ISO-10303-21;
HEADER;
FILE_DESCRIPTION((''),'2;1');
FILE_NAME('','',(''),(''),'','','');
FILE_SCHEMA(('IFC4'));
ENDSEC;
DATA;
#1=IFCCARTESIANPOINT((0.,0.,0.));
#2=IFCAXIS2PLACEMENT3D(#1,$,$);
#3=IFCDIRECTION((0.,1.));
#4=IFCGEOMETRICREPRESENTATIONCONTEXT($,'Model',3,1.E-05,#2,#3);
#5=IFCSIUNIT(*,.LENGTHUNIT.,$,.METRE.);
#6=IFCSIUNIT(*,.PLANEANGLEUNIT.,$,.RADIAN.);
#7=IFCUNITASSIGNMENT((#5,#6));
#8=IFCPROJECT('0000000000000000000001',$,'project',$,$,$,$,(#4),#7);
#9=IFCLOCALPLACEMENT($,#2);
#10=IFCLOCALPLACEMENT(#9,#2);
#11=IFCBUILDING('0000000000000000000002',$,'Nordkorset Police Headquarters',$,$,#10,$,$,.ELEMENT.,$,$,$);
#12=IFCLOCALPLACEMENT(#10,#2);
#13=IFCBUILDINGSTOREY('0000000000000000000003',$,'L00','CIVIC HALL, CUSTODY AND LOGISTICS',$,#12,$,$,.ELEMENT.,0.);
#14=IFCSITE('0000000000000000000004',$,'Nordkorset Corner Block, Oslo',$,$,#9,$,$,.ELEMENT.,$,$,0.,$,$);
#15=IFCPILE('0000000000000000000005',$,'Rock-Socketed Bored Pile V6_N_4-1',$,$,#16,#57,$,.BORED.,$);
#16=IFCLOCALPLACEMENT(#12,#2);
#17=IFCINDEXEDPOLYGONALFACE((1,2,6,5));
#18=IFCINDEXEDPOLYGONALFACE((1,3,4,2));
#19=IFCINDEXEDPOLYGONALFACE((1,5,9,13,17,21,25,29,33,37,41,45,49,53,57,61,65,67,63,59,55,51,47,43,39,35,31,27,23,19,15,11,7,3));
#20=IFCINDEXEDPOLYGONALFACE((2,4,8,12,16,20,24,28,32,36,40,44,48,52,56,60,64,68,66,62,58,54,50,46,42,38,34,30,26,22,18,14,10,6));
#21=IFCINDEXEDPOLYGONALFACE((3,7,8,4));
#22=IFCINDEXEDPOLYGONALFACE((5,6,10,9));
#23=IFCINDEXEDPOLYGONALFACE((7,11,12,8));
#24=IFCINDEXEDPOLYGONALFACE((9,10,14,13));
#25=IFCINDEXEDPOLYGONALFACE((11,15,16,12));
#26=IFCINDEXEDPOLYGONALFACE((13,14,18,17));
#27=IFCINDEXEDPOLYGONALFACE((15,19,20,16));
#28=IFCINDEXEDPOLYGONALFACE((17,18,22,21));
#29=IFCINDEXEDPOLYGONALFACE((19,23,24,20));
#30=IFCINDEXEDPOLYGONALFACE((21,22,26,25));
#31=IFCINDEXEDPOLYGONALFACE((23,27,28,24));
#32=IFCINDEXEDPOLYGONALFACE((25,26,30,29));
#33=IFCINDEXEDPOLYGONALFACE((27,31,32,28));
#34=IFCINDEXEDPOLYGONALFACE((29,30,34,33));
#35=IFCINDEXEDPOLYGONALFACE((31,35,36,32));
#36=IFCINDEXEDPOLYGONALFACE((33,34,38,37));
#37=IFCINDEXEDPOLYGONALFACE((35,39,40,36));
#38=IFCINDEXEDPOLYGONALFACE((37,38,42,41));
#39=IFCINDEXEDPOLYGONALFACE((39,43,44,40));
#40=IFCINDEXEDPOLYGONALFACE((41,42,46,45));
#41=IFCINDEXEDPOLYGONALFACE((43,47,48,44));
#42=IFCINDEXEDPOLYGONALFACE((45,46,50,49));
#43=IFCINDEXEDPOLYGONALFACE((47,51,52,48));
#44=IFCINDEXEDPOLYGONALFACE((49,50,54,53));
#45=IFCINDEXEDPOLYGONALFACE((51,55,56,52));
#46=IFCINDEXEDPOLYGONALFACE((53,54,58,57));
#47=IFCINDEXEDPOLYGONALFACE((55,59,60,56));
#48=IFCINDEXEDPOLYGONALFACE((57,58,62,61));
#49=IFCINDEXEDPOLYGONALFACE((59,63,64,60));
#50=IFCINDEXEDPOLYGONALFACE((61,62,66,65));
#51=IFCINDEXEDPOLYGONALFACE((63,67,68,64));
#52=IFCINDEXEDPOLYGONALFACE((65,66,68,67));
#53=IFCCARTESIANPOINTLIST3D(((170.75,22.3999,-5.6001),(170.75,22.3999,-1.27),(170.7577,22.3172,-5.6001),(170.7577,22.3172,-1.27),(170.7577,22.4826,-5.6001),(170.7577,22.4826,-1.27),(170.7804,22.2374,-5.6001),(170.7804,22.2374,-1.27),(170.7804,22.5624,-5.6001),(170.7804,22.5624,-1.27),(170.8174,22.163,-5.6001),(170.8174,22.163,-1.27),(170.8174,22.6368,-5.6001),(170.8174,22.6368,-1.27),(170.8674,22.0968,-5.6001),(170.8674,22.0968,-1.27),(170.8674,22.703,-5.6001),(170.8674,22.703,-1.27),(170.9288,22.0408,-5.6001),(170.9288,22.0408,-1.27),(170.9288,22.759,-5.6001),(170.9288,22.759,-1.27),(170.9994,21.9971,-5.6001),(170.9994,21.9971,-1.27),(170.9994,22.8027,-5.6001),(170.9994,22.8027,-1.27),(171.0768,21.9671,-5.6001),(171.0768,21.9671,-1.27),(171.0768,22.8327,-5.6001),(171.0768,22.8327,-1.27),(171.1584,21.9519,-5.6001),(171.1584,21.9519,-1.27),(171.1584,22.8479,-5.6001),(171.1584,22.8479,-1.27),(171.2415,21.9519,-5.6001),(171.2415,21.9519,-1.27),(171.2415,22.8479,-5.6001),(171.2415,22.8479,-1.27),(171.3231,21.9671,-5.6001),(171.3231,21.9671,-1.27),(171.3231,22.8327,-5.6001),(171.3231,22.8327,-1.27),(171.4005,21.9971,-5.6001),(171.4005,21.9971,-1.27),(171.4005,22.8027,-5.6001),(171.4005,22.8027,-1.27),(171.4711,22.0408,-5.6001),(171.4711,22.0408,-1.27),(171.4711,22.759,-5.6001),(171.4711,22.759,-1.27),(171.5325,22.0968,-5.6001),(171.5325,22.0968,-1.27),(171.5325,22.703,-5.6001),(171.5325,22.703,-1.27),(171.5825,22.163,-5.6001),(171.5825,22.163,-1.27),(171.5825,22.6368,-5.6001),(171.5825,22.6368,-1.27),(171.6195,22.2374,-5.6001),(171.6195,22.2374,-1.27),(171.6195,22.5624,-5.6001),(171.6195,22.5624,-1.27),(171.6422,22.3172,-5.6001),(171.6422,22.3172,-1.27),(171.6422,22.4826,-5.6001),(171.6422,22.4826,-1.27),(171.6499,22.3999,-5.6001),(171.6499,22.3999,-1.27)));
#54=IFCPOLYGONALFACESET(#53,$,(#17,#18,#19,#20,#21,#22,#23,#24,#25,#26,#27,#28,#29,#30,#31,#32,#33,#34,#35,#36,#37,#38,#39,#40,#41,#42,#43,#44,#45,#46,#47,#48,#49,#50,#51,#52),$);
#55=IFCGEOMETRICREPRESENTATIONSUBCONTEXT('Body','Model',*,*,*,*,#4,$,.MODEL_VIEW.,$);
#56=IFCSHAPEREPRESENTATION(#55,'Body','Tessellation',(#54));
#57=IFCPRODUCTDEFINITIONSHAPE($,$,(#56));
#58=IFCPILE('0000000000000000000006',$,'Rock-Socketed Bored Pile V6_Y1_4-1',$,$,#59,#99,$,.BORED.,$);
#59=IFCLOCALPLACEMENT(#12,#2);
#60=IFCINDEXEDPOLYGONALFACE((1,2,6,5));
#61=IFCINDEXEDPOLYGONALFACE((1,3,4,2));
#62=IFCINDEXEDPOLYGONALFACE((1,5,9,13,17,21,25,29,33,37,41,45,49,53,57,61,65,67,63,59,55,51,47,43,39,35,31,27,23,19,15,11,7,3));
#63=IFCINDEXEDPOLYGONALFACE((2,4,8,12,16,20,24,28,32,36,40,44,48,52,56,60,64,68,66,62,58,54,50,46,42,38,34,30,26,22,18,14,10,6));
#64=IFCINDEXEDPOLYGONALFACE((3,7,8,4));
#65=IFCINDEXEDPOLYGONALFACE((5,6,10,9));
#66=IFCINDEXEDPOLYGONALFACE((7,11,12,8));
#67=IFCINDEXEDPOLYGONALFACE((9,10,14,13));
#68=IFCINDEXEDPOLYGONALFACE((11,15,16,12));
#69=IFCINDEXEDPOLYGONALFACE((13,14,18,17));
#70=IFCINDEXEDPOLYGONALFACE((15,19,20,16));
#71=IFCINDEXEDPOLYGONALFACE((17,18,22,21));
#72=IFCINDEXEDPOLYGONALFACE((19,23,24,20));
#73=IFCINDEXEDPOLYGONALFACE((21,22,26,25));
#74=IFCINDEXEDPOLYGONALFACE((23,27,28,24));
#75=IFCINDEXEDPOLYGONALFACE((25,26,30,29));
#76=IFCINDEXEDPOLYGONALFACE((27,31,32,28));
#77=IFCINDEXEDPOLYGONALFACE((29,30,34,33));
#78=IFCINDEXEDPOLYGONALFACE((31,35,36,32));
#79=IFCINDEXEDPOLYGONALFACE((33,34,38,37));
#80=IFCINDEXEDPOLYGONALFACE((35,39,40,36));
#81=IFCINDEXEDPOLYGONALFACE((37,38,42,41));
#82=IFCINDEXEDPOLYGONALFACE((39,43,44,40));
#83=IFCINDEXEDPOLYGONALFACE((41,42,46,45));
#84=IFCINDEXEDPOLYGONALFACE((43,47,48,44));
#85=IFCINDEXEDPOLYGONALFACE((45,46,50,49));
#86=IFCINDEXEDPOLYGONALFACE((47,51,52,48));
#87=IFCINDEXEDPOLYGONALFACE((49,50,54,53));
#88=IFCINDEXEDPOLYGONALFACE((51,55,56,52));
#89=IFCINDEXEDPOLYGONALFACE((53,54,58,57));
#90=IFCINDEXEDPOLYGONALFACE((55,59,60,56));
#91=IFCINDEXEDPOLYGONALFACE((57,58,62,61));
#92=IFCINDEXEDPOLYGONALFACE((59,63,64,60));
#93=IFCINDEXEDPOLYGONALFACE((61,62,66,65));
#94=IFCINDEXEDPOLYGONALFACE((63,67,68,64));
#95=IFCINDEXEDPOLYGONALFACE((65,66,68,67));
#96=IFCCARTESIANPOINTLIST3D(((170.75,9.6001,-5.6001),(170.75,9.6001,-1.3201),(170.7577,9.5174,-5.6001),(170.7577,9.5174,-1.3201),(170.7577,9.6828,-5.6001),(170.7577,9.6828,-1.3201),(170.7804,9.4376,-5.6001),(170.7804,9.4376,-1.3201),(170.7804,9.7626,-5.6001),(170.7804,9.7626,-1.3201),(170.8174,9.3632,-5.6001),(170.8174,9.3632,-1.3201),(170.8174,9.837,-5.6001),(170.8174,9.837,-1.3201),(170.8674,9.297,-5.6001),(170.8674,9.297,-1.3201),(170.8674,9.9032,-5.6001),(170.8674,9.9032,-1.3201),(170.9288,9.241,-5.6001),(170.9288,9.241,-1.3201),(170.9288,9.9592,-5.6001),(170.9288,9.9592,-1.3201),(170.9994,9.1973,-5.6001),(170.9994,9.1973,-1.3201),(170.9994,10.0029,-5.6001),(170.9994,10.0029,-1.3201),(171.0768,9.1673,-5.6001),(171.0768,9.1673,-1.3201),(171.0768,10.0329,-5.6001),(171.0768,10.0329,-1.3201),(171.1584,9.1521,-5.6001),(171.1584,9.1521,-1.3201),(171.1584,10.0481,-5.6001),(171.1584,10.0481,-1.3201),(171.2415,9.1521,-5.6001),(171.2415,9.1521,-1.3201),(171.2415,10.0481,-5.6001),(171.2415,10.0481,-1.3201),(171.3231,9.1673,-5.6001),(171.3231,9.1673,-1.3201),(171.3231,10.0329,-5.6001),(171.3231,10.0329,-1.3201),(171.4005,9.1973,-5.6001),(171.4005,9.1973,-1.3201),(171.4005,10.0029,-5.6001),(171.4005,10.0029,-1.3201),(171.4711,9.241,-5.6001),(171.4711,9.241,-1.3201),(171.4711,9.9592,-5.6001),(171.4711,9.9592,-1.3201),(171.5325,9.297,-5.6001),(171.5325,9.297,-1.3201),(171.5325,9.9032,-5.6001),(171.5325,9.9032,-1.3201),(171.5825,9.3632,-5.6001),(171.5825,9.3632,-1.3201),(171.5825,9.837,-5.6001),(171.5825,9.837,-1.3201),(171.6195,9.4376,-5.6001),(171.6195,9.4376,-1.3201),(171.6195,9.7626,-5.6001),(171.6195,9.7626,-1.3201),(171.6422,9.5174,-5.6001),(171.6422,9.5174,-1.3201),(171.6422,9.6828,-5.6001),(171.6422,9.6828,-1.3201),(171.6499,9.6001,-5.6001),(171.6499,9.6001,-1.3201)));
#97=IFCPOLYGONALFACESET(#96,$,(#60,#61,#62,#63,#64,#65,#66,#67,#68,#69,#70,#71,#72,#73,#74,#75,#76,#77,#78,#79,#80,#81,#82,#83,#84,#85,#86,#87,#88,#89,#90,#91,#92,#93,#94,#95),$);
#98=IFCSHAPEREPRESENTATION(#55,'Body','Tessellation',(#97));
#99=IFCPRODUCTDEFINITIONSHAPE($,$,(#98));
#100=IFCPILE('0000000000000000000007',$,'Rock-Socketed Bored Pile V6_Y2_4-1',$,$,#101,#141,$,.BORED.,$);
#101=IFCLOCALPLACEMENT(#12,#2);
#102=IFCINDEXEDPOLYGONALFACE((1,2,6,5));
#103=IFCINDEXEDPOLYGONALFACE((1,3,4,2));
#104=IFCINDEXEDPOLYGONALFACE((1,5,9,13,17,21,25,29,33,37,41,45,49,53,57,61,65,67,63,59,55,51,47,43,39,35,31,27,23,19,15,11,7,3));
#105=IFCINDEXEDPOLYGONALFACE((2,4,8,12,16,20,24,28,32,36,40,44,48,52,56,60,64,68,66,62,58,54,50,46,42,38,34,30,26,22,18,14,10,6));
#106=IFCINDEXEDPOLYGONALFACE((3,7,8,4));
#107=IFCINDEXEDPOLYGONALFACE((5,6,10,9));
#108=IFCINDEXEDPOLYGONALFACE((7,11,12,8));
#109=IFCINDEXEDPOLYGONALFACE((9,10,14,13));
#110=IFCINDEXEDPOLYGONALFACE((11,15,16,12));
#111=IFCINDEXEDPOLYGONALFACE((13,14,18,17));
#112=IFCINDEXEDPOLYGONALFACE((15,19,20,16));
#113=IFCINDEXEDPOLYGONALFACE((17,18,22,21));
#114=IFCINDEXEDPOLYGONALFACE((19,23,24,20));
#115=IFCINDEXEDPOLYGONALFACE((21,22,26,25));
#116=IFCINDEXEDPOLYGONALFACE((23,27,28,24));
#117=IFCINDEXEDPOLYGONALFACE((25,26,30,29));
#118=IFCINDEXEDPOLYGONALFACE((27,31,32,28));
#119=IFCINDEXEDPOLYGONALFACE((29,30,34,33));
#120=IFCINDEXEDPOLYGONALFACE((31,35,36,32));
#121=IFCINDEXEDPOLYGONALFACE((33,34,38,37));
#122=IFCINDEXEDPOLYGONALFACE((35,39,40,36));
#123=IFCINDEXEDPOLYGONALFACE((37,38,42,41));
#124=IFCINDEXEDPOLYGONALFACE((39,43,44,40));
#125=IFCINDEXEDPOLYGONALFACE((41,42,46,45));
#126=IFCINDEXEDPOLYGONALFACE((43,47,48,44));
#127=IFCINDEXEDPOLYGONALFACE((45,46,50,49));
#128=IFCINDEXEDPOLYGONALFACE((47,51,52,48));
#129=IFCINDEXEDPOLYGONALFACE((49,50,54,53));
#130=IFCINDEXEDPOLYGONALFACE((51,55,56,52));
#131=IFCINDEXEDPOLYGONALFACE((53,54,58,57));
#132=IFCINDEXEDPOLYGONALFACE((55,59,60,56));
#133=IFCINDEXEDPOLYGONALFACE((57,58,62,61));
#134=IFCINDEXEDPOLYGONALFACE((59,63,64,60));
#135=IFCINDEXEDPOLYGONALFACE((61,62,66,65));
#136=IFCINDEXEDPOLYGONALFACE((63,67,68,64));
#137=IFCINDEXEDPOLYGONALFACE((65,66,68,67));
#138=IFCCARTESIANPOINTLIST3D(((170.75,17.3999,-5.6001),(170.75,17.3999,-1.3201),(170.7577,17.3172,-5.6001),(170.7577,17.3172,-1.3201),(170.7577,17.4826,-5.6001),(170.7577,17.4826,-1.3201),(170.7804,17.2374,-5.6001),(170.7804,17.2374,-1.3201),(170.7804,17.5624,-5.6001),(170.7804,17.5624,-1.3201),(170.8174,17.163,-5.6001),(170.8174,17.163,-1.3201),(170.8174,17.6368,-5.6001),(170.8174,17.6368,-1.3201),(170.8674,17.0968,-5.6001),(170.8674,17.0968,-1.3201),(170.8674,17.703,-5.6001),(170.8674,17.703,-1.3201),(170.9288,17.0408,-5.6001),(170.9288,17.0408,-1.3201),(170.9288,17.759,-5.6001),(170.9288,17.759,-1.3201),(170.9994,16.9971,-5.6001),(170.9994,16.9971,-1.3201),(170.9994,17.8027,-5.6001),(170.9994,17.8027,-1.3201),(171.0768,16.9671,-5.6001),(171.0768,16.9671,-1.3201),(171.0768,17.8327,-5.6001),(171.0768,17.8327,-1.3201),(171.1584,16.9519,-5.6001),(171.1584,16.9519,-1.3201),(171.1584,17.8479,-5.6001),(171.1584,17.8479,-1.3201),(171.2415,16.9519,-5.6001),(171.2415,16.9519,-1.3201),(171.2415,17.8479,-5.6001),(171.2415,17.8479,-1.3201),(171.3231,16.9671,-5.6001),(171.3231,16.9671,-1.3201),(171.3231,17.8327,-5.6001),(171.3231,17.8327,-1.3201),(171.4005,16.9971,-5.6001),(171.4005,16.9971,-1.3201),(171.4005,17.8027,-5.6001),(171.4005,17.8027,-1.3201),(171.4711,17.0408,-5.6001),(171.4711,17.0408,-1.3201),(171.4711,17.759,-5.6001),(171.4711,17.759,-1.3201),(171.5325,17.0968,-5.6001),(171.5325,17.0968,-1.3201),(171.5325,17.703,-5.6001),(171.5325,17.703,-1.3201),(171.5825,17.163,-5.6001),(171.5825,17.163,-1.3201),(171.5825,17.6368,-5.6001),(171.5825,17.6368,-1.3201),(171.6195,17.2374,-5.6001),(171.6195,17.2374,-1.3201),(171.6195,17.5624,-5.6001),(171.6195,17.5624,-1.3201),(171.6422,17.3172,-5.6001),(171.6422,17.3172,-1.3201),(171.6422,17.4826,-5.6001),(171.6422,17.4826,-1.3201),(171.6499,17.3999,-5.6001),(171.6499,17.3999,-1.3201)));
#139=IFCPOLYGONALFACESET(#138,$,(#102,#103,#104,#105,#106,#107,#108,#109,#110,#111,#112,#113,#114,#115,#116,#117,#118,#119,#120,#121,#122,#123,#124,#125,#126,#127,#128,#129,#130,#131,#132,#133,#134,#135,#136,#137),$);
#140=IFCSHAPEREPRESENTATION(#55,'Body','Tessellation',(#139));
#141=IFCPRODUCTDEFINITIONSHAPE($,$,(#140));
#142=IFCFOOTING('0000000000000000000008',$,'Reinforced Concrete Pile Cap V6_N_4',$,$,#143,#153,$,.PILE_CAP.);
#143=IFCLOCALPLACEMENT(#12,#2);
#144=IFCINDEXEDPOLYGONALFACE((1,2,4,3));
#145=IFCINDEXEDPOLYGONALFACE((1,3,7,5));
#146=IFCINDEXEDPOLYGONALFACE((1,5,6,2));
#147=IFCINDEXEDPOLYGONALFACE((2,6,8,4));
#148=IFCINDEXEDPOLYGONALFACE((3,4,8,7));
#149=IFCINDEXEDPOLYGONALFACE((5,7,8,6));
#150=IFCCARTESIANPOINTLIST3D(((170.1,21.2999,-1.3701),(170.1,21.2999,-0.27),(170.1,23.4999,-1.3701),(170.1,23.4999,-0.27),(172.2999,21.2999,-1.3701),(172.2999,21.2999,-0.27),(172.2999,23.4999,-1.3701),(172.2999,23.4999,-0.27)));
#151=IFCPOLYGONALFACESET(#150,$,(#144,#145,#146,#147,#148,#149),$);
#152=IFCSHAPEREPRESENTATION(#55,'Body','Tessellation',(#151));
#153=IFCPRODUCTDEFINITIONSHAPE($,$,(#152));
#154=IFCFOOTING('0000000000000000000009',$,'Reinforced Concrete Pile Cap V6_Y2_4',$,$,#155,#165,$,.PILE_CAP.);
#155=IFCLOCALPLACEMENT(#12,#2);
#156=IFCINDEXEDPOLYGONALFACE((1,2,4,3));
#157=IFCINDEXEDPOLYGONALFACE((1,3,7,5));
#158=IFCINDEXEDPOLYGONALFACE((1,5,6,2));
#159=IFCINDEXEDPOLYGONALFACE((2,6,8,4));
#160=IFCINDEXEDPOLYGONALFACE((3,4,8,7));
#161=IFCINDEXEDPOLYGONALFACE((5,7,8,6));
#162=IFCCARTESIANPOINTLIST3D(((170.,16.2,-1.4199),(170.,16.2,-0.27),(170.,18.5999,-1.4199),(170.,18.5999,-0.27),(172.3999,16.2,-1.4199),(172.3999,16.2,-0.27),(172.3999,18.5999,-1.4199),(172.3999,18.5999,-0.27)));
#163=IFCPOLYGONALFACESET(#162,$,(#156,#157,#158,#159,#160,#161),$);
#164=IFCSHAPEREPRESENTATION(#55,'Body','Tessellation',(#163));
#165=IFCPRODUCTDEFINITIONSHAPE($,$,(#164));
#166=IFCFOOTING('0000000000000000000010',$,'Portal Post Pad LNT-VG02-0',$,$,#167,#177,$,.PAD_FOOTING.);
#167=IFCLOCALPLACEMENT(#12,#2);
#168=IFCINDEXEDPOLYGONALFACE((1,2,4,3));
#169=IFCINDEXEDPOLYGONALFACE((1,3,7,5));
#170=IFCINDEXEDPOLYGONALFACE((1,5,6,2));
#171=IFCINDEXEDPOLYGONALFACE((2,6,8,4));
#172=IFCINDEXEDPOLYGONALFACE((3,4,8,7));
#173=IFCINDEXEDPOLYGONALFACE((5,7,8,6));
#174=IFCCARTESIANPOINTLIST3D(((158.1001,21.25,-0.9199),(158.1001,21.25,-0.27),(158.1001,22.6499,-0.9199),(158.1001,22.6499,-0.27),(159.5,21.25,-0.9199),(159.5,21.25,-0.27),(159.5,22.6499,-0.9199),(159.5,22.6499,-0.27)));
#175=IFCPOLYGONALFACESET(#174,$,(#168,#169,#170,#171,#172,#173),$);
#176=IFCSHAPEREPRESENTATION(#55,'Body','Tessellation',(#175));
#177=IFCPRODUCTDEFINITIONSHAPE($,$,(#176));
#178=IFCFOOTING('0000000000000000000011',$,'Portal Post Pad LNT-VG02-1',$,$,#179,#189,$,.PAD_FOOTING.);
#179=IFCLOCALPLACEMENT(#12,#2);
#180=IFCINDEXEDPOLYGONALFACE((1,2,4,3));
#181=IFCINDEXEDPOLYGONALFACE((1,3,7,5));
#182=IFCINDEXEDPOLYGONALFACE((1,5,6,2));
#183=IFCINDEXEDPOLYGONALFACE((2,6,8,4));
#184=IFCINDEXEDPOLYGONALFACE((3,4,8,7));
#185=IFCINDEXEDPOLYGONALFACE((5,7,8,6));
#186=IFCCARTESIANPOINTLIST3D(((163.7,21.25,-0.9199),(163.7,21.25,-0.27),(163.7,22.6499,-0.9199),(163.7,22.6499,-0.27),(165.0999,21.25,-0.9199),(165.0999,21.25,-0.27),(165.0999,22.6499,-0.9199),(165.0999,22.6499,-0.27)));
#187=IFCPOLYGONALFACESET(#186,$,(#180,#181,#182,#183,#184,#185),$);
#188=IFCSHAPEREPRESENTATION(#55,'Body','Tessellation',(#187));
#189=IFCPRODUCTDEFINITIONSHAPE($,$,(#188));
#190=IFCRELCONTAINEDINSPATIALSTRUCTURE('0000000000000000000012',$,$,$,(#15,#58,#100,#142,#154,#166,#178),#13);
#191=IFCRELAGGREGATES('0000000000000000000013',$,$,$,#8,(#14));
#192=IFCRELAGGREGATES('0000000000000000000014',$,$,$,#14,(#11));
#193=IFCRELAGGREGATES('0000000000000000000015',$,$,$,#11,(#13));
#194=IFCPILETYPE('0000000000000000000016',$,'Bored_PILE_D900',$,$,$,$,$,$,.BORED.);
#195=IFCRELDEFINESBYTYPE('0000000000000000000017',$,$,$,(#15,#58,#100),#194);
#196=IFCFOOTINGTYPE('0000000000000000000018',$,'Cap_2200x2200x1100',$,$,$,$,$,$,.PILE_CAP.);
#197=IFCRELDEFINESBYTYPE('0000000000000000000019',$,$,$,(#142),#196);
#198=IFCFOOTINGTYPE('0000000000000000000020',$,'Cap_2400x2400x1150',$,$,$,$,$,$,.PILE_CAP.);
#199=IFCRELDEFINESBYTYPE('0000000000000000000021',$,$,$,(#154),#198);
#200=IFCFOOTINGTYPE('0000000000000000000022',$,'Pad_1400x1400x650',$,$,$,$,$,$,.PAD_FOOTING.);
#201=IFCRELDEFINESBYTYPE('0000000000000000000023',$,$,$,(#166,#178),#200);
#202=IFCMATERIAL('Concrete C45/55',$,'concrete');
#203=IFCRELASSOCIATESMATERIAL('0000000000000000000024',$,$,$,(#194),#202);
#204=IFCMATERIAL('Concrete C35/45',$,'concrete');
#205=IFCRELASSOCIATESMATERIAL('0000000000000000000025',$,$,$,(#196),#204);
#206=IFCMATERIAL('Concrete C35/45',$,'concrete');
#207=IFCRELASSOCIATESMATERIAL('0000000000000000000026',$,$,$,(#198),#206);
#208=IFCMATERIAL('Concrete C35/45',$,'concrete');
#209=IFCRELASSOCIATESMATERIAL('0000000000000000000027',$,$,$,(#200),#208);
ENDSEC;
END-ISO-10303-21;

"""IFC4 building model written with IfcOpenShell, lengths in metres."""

from ifc_helpers import new_model, si_unit, direction, frame, origin, origin_2d, place, context, subcontext, project, spatial, rectangle, circle, extrude, material, material_profile, profile_set, type_object, element, save


model = new_model("IFC4")

# Units and contexts
model_context = context("Model", 3, precision=1e-05, world=origin(), true_north=direction((0.0, 1.0)))
body_context = subcontext(model_context, "Body", "Model", "MODEL_VIEW")
ifc_project = project(units=[si_unit("LENGTHUNIT", "METRE"), si_unit("PLANEANGLEUNIT", "RADIAN")], contexts=[model_context])

# Site, building, storey
site_placement = place(None, origin())
site = spatial("IfcSite", under=ifc_project, at=site_placement, Name="Nordkorset Corner Block, Oslo", CompositionType="ELEMENT", RefElevation=0.0)
building_placement = place(site_placement, origin())
building = spatial("IfcBuilding", under=site, at=building_placement, Name="Nordkorset Police Headquarters", CompositionType="ELEMENT")
storey_placement = place(building_placement, origin())
storey = spatial("IfcBuildingStorey", under=building, at=storey_placement, Name="L00", Description="CIVIC HALL, CUSTODY AND LOGISTICS", CompositionType="ELEMENT", Elevation=0.0)

# Piles
ifc_material_1 = material(Name="Concrete C45/55", Category="concrete")
ifc_material_profile_1 = material_profile(ifc_material_1, circle(Radius=0.45, at=origin_2d()), Name="PILE D900")
ifc_profile_set_1 = profile_set([ifc_material_profile_1], Name="Concrete C45/55")
pile_type = type_object("IfcPileType", Name="Bored_PILE_D900", PredefinedType="BORED", material=ifc_profile_set_1)
pile_placement = place(storey_placement, frame((171.2, 22.3999, -1.27), z_axis=(0.0, 0.0, -1.0), x_axis=(1.0, 0.0, 0.0)))
element("IfcPile", 1, at=pile_placement, inside=storey, type_object=pile_type, Name="Rock-Socketed Bored Pile V6_N_4-1", PredefinedType="BORED", context=body_context, shape_type="SweptSolid", body=[
    extrude(circle(Radius=0.45, at=origin_2d()), origin(), (0.0, 0.0, 1.0), 4.3301),
])
for number, where, z_axis, x_axis, name in (
    (2, (171.2, 9.6001, -1.3201), (0.0, 0.0, -1.0), (1.0, 0.0, 0.0), "Rock-Socketed Bored Pile V6_Y1_4-1"),
    (3, (171.2, 17.3999, -1.3201), (0.0, 0.0, -1.0), (1.0, 0.0, 0.0), "Rock-Socketed Bored Pile V6_Y2_4-1"),
):
    element("IfcPile", number, at=place(storey_placement, frame(where, z_axis=z_axis, x_axis=x_axis)), inside=storey, type_object=pile_type, Name=name, PredefinedType="BORED", context=body_context, shape_type="SweptSolid", body=[
        extrude(circle(Radius=0.45, at=origin_2d()), origin(), (0.0, 0.0, 1.0), 4.28),
    ])

# Footings
ifc_material_2 = material(Name="Concrete C35/45", Category="concrete")
footing_type_1 = type_object("IfcFootingType", Name="Cap_2200x2200x1100", PredefinedType="PILE_CAP", material=ifc_material_2)
footing_1_placement = place(storey_placement, frame((171.2, 22.3999, -1.3701), z_axis=(0.0, 0.0, 1.0), x_axis=(1.0, 0.0, 0.0)))
element("IfcFooting", 4, at=footing_1_placement, inside=storey, type_object=footing_type_1, Name="Reinforced Concrete Pile Cap V6_N_4", PredefinedType="PILE_CAP", context=body_context, shape_type="SweptSolid", body=[
    extrude(rectangle(XDim=2.2, YDim=2.2, at=origin_2d()), origin(), (0.0, 0.0, 1.0), 1.1001),
])
ifc_material_3 = material(Name="Concrete C35/45", Category="concrete")
footing_type_2 = type_object("IfcFootingType", Name="Cap_2400x2400x1150", PredefinedType="PILE_CAP", material=ifc_material_3)
footing_2_placement = place(storey_placement, frame((171.2, 17.3999, -1.4199), z_axis=(0.0, 0.0, 1.0), x_axis=(1.0, 0.0, 0.0)))
element("IfcFooting", 5, at=footing_2_placement, inside=storey, type_object=footing_type_2, Name="Reinforced Concrete Pile Cap V6_Y2_4", PredefinedType="PILE_CAP", context=body_context, shape_type="SweptSolid", body=[
    extrude(rectangle(XDim=2.3999, YDim=2.3999, at=origin_2d()), origin(), (0.0, 0.0, 1.0), 1.1499),
])
ifc_material_4 = material(Name="Concrete C35/45", Category="concrete")
footing_type_3 = type_object("IfcFootingType", Name="Pad_1400x1400x650", PredefinedType="PAD_FOOTING", material=ifc_material_4)
for number, where, z_axis, x_axis, name in (
    (6, (158.8, 21.95, -0.9199), (0.0, 0.0, 1.0), (1.0, 0.0, 0.0), "Portal Post Pad LNT-VG02-0"),
    (7, (164.3999, 21.95, -0.9199), (0.0, 0.0, 1.0), (1.0, 0.0, 0.0), "Portal Post Pad LNT-VG02-1"),
):
    element("IfcFooting", number, at=place(storey_placement, frame(where, z_axis=z_axis, x_axis=x_axis)), inside=storey, type_object=footing_type_3, Name=name, PredefinedType="PAD_FOOTING", context=body_context, shape_type="SweptSolid", body=[
        extrude(rectangle(XDim=1.3999, YDim=1.3999, at=origin_2d()), origin(), (0.0, 0.0, 1.0), 0.6499),
    ])

save(model, "model.ifc")
